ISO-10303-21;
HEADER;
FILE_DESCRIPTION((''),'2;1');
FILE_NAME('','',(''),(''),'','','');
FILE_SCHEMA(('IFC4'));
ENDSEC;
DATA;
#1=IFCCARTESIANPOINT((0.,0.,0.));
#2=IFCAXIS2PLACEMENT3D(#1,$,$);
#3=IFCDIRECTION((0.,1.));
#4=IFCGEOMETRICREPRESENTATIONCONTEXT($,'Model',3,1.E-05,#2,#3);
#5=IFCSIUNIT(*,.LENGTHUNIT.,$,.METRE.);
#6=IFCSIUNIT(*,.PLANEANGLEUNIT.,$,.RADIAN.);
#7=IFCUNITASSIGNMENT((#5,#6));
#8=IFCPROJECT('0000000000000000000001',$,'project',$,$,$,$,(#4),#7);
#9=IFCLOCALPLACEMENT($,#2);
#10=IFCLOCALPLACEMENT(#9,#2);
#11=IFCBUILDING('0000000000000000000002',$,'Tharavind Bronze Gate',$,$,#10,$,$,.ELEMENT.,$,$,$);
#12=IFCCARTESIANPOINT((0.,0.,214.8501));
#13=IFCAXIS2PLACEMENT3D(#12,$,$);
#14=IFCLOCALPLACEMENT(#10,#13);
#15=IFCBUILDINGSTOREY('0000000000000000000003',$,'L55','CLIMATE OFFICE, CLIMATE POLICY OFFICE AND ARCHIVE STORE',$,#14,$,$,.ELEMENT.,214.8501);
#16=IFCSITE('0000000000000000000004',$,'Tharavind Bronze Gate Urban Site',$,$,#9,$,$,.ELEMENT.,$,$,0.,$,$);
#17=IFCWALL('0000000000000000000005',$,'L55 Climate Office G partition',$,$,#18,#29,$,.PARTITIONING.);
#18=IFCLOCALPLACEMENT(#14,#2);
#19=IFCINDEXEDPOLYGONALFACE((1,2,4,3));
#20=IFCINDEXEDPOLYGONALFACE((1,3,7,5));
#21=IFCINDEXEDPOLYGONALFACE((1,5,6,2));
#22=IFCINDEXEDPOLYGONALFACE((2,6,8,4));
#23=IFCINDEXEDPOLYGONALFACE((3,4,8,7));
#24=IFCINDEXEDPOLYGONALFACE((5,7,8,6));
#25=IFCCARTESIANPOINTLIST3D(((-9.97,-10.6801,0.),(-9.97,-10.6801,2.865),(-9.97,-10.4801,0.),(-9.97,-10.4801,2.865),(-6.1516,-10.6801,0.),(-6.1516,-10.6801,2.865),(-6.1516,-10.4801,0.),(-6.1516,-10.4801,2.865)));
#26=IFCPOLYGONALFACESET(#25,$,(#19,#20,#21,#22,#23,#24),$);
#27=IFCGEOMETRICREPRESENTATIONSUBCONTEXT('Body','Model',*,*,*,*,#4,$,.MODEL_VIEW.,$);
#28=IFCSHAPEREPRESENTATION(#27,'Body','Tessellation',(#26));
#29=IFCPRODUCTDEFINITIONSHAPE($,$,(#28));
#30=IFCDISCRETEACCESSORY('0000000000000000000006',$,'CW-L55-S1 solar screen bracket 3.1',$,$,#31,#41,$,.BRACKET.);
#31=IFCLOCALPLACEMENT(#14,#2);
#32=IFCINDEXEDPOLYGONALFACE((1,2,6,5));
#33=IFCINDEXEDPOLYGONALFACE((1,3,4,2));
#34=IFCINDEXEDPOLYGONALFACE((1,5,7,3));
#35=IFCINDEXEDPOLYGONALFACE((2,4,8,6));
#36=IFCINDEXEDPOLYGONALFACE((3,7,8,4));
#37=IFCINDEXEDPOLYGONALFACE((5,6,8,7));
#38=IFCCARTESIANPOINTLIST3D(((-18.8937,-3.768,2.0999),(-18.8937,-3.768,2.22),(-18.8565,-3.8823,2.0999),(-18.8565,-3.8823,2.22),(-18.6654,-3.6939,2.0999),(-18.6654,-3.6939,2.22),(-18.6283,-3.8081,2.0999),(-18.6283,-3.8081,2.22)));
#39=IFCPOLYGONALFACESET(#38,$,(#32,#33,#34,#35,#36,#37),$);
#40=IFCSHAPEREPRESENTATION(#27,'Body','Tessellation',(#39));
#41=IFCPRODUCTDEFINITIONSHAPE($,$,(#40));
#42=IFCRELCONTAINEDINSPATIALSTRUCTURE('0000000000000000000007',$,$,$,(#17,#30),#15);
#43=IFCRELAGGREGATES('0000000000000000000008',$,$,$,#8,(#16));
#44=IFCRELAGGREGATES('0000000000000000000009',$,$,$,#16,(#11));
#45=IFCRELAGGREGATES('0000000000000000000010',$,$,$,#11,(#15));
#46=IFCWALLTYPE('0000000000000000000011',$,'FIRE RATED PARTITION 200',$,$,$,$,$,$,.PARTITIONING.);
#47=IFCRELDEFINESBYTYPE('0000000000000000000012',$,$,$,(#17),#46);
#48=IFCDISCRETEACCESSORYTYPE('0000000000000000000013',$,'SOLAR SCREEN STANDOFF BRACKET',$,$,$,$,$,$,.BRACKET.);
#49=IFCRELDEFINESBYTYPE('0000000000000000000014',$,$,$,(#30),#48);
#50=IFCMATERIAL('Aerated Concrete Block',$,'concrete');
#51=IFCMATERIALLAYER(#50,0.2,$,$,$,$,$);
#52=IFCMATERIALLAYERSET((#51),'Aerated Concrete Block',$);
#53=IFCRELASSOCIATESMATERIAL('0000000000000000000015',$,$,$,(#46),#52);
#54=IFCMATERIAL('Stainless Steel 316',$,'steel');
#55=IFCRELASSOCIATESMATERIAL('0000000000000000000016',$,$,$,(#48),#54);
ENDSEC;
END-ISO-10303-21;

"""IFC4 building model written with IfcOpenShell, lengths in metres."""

from ifc_helpers import new_model, si_unit, direction, frame, frame_2d, origin, origin_2d, place, context, subcontext, project, spatial, rectangle, extrude, material, layer, layer_set, type_object, element, save


model = new_model("IFC4")

# Units and contexts
model_context = context("Model", 3, precision=1e-05, world=origin(), true_north=direction((0.0, 1.0)))
body_context = subcontext(model_context, "Body", "Model", "MODEL_VIEW")
ifc_project = project(units=[si_unit("LENGTHUNIT", "METRE"), si_unit("PLANEANGLEUNIT", "RADIAN")], contexts=[model_context])

# Site, building, storey
site_placement = place(None, origin())
site = spatial("IfcSite", under=ifc_project, at=site_placement, Name="Tharavind Bronze Gate Urban Site", CompositionType="ELEMENT", RefElevation=0.0)
building_placement = place(site_placement, origin())
building = spatial("IfcBuilding", under=site, at=building_placement, Name="Tharavind Bronze Gate", CompositionType="ELEMENT")
storey_placement = place(building_placement, frame((0.0, 0.0, 214.8501)))
storey = spatial("IfcBuildingStorey", under=building, at=storey_placement, Name="L55", Description="CLIMATE OFFICE, CLIMATE POLICY OFFICE AND ARCHIVE STORE", CompositionType="ELEMENT", Elevation=214.8501)

# Shared definitions
ifc_material_1 = material(Name="Aerated Concrete Block", Category="concrete")
ifc_layer_1 = layer(ifc_material_1, 0.2)
ifc_layer_set_1 = layer_set([ifc_layer_1], Name="Aerated Concrete Block")
wall_type = type_object("IfcWallType", Name="FIRE RATED PARTITION 200", PredefinedType="PARTITIONING", material=ifc_layer_set_1)

# Wall
wall_1_placement = place(storey_placement, frame((-9.97, -10.5801, 0.0), z_axis=(0.0, 0.0, 1.0), x_axis=(1.0, 0.0, 0.0)))
element("IfcWall", 1, at=wall_1_placement, inside=storey, type_object=wall_type, Name="L55 Climate Office G partition", PredefinedType="PARTITIONING", context=body_context, shape_type="SweptSolid", body=[
    extrude(rectangle(XDim=3.8184, YDim=0.2, at=frame_2d((1.9092, 0.0))), origin(), (0.0, 0.0, 1.0), 2.865),
])

# Discrete accessory
ifc_material_2 = material(Name="Stainless Steel 316", Category="steel")
discrete_accessory_type = type_object("IfcDiscreteAccessoryType", Name="SOLAR SCREEN STANDOFF BRACKET", PredefinedType="BRACKET", material=ifc_material_2)
discrete_accessory_placement = place(storey_placement, frame((-18.761, -3.7881, 2.0999), z_axis=(0.0, 0.0, 1.0), x_axis=(0.309017, -0.951057, 0.0)))
element("IfcDiscreteAccessory", 2, at=discrete_accessory_placement, inside=storey, type_object=discrete_accessory_type, Name="CW-L55-S1 solar screen bracket 3.1", PredefinedType="BRACKET", context=body_context, shape_type="SweptSolid", body=[
    extrude(rectangle(XDim=0.1201, YDim=0.24, at=origin_2d()), origin(), (0.0, 0.0, 1.0), 0.1201),
])

save(model, "model.ifc")
